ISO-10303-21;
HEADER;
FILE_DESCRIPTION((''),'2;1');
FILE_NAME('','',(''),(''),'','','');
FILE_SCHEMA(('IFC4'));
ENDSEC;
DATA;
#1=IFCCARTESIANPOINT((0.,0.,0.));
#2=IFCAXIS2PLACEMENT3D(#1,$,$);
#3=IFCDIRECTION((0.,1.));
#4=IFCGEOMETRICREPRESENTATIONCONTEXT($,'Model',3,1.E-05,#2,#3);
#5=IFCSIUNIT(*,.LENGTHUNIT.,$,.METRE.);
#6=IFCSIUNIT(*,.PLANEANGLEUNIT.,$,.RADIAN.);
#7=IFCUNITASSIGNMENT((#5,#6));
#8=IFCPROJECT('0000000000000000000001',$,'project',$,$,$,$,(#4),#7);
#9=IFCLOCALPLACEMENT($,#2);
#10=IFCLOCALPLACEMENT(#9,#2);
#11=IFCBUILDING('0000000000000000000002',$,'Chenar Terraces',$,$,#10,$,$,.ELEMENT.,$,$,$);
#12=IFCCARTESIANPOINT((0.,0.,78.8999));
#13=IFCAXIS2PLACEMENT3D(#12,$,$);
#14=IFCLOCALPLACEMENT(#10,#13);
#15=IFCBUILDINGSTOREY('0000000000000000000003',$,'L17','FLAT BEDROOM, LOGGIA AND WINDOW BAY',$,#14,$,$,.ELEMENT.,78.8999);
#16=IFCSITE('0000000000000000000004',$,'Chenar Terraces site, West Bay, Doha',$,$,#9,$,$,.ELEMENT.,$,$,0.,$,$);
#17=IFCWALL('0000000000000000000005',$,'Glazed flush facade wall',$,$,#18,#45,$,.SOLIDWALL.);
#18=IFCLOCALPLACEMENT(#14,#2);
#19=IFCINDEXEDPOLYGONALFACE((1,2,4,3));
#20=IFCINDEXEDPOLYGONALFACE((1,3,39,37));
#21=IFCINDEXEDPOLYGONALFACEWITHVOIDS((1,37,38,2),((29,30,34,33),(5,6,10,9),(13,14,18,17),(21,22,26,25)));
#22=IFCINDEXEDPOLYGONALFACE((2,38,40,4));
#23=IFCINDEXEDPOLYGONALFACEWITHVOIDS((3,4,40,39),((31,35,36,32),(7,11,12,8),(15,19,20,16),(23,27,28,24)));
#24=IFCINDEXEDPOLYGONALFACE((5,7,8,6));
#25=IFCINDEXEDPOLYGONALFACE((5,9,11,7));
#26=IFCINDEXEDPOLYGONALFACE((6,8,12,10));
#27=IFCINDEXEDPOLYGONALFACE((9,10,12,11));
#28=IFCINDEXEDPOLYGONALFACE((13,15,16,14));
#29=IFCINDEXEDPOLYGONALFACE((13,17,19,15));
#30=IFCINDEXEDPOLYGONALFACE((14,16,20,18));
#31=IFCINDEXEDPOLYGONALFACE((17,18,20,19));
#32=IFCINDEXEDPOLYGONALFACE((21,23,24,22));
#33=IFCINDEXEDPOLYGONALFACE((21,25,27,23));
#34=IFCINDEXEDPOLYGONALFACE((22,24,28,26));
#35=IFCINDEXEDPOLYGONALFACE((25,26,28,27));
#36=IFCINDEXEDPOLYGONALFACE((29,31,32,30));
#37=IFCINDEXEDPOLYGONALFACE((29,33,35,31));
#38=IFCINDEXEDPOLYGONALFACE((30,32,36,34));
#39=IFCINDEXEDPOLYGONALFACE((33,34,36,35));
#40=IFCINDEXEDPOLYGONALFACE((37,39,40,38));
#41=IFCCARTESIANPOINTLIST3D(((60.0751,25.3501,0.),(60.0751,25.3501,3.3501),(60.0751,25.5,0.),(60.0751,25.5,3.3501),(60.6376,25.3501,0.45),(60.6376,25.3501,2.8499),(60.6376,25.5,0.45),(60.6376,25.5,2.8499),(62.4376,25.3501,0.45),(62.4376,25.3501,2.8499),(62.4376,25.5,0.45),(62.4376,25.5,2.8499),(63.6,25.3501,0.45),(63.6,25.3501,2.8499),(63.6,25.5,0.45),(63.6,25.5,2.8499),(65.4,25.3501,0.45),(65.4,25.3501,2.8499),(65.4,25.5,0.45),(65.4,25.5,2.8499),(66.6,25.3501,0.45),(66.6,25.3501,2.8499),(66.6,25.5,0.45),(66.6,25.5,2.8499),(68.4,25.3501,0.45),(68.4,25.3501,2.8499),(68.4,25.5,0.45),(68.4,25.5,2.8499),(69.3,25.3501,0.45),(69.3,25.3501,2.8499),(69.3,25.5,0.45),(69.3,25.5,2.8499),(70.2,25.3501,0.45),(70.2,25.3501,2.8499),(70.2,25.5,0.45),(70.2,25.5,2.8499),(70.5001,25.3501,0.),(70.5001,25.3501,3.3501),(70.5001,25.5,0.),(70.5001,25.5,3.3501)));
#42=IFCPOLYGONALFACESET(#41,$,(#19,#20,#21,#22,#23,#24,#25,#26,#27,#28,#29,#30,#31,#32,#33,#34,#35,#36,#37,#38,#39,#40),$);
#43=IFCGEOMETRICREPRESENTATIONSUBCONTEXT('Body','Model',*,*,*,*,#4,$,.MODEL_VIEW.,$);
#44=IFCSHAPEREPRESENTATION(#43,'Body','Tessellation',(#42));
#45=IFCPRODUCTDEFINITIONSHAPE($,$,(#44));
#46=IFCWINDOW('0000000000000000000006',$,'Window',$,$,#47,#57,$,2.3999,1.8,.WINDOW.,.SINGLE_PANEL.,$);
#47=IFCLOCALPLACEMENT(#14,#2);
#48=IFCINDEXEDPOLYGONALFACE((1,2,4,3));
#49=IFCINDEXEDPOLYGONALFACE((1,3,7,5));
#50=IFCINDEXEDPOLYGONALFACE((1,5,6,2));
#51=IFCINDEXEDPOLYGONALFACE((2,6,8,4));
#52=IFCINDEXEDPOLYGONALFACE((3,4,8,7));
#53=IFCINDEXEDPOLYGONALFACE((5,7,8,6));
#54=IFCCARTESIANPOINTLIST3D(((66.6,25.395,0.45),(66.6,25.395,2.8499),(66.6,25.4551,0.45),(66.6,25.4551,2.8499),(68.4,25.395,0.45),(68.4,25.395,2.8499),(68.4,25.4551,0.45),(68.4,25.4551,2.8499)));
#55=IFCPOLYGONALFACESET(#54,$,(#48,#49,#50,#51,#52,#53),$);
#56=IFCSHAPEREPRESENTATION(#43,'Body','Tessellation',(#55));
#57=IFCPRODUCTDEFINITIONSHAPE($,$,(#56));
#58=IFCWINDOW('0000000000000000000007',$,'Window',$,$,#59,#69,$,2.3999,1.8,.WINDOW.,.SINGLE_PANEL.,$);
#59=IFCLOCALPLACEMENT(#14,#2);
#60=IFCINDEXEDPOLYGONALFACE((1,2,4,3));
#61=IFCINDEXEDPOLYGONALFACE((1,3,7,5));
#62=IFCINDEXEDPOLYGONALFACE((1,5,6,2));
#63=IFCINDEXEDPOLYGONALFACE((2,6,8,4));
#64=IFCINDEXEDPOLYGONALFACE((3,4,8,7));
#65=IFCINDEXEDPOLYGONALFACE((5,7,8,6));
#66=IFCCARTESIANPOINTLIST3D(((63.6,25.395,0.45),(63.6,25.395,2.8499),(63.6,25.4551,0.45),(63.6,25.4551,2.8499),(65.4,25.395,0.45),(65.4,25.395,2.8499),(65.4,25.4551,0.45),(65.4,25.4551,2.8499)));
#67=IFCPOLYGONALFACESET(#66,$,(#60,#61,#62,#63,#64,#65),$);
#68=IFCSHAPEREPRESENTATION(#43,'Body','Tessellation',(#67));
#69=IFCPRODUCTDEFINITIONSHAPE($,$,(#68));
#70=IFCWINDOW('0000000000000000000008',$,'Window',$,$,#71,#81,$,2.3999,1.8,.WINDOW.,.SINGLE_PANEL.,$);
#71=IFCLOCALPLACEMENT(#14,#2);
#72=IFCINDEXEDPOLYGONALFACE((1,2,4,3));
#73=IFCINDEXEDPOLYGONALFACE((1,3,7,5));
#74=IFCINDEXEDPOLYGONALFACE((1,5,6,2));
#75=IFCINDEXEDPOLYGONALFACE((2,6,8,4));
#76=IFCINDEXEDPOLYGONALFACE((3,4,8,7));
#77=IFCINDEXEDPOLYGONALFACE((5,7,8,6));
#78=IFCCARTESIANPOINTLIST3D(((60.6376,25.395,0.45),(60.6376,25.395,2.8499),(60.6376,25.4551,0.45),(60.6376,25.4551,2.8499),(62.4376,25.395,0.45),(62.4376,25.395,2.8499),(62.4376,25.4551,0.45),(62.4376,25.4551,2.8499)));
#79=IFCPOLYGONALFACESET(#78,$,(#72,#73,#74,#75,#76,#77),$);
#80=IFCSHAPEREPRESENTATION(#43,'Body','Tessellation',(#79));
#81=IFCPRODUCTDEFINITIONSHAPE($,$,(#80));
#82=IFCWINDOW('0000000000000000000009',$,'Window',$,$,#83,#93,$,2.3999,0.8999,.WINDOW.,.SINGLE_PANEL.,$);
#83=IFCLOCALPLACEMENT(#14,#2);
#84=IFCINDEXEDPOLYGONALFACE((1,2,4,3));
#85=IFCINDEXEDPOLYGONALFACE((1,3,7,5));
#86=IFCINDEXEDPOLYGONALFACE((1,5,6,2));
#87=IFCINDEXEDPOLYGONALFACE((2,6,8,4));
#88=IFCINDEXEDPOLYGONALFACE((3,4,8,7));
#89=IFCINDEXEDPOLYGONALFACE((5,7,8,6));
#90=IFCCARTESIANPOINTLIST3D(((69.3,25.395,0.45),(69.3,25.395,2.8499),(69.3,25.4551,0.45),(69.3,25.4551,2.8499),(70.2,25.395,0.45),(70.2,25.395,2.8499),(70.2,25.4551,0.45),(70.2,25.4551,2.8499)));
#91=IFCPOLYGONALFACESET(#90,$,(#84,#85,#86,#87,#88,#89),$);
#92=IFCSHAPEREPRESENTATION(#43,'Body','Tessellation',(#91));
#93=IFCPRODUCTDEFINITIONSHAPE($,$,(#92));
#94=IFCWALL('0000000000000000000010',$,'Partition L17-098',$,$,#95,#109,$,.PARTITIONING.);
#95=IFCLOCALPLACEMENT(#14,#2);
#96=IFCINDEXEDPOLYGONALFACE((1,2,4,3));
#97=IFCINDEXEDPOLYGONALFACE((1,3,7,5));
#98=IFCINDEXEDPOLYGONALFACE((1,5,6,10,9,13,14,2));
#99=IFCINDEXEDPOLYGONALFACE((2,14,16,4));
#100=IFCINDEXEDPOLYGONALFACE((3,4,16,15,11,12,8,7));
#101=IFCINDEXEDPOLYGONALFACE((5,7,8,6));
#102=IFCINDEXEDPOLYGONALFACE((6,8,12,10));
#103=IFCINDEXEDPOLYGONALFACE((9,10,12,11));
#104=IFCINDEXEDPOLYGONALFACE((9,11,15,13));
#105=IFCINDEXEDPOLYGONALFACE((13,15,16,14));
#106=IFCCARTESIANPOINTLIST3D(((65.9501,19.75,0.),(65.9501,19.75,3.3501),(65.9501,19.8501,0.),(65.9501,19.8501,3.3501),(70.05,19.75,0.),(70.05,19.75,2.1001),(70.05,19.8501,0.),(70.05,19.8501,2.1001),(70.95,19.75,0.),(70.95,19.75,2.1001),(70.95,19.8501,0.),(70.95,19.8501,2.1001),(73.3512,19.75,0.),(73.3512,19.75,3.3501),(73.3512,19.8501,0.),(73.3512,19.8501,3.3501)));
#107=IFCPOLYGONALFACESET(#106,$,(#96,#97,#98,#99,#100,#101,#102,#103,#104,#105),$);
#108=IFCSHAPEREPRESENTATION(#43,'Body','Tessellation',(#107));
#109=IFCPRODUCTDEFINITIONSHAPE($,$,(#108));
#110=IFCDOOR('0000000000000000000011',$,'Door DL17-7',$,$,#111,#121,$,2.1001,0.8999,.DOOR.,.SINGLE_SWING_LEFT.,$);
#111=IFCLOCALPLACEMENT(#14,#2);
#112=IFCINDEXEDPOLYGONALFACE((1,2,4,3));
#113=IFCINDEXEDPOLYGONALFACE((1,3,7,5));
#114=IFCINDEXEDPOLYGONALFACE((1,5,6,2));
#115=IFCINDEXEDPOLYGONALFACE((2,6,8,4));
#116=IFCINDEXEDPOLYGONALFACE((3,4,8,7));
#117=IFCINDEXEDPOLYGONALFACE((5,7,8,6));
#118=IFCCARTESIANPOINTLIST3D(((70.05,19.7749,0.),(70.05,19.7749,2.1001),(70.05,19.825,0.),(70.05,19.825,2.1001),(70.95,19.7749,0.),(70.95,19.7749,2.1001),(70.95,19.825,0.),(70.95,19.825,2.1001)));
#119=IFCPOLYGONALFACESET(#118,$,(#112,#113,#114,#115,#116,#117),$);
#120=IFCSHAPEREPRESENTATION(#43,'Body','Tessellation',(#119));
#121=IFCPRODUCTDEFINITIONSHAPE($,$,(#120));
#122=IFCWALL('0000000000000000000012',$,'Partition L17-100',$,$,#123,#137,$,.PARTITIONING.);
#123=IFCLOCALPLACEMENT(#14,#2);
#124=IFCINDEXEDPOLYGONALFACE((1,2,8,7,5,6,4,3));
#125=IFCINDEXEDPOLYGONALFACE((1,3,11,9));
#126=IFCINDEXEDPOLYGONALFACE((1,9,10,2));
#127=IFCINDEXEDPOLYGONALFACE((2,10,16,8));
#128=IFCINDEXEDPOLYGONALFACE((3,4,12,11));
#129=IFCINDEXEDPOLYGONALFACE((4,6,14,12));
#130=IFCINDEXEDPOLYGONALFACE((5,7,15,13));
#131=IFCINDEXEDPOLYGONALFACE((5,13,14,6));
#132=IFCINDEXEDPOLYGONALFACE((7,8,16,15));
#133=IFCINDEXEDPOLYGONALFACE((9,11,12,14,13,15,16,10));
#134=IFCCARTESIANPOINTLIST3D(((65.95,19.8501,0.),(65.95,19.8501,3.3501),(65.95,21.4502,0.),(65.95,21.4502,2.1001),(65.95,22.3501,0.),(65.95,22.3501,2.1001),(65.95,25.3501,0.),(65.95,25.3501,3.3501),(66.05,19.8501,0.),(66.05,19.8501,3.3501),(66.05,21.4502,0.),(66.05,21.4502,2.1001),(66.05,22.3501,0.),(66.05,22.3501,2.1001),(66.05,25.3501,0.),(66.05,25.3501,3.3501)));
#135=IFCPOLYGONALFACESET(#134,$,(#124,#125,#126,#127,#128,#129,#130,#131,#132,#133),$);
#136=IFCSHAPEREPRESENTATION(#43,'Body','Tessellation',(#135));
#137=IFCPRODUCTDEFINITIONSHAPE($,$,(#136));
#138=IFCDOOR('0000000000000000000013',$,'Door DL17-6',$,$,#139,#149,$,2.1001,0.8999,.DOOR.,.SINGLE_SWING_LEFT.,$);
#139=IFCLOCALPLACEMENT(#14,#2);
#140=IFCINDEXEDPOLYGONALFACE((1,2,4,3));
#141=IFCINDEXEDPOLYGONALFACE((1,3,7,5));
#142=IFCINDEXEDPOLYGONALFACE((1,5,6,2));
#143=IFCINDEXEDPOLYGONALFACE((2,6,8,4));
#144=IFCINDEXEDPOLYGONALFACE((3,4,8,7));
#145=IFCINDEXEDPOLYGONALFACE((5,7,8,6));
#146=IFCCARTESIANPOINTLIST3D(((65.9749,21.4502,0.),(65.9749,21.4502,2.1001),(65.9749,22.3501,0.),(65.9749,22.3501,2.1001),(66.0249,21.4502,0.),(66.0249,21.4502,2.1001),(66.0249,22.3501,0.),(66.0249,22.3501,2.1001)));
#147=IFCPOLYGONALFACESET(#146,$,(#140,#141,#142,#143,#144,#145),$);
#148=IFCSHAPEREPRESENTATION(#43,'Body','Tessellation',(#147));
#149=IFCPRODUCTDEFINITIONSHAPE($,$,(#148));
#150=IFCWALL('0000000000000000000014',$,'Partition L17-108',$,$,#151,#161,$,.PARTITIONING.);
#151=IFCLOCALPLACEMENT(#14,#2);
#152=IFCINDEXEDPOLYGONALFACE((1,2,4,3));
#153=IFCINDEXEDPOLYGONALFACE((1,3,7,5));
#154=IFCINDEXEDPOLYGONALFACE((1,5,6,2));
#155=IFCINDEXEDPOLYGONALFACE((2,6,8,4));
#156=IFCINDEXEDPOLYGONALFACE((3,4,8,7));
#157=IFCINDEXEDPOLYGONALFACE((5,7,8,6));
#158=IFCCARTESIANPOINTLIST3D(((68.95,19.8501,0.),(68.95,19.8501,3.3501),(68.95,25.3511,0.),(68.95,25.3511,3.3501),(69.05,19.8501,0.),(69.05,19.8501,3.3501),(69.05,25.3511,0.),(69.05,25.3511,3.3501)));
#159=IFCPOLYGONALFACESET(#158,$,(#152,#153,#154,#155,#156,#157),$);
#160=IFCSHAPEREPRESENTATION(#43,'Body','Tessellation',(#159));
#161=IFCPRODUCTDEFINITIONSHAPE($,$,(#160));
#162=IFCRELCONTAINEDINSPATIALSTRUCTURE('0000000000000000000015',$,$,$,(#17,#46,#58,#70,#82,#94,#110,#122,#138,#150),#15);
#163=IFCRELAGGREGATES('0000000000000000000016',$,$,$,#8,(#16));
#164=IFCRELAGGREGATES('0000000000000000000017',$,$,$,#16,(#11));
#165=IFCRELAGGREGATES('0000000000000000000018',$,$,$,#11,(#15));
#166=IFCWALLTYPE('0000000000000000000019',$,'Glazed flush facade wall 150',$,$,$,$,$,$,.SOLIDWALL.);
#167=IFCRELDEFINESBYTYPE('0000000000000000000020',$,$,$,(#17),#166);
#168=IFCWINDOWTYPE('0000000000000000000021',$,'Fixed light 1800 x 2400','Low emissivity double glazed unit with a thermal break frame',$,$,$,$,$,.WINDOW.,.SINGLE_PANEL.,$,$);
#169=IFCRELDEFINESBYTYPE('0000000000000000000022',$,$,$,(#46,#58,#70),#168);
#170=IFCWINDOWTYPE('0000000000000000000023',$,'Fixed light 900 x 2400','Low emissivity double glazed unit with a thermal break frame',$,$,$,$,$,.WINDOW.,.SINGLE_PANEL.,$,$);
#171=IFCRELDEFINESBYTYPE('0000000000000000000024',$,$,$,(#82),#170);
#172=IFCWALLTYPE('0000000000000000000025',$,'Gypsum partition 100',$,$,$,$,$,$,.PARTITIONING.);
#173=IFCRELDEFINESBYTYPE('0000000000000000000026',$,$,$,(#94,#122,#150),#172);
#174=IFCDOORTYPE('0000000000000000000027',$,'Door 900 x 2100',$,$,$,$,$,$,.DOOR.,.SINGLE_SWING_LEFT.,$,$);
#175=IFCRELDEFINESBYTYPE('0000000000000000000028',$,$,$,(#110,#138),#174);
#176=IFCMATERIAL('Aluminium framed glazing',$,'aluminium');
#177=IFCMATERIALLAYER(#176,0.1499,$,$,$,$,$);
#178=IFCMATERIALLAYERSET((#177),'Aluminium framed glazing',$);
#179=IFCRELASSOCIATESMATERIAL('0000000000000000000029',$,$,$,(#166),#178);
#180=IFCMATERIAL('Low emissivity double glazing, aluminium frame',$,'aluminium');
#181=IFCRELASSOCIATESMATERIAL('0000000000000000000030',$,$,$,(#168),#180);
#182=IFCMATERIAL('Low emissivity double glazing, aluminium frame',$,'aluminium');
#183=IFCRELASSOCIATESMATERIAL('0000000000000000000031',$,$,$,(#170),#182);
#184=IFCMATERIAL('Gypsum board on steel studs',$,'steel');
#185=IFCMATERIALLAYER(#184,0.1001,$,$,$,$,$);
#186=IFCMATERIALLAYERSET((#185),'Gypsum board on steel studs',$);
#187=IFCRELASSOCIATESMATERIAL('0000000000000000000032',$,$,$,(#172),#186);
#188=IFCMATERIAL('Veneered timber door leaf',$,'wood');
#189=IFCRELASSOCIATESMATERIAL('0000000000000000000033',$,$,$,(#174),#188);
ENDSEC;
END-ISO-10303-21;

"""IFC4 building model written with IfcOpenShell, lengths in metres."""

from ifc_helpers import new_model, si_unit, direction, frame, frame_2d, origin, place, context, subcontext, project, spatial, rectangle, extrude, material, layer, layer_set, type_object, element, fill, save


model = new_model("IFC4")

# Units and contexts
model_context = context("Model", 3, precision=1e-05, world=origin(), true_north=direction((0.0, 1.0)))
body_context = subcontext(model_context, "Body", "Model", "MODEL_VIEW")
ifc_project = project(units=[si_unit("LENGTHUNIT", "METRE"), si_unit("PLANEANGLEUNIT", "RADIAN")], contexts=[model_context])

# Site, building, storey
site_placement = place(None, origin())
site = spatial("IfcSite", under=ifc_project, at=site_placement, Name="Chenar Terraces site, West Bay, Doha", CompositionType="ELEMENT", RefElevation=0.0)
building_placement = place(site_placement, origin())
building = spatial("IfcBuilding", under=site, at=building_placement, Name="Chenar Terraces", CompositionType="ELEMENT")
storey_placement = place(building_placement, frame((0.0, 0.0, 78.8999)))
storey = spatial("IfcBuildingStorey", under=building, at=storey_placement, Name="L17", Description="FLAT BEDROOM, LOGGIA AND WINDOW BAY", CompositionType="ELEMENT", Elevation=78.8999)

# Wall, openings, windows
ifc_material_1 = material(Name="Aluminium framed glazing", Category="aluminium")
ifc_layer_1 = layer(ifc_material_1, 0.1499)
ifc_layer_set_1 = layer_set([ifc_layer_1], Name="Aluminium framed glazing")
wall_type_1 = type_object("IfcWallType", Name="Glazed flush facade wall 150", PredefinedType="SOLIDWALL", material=ifc_layer_set_1)
wall_1_placement = place(storey_placement, frame((70.5, 25.425, 0.0), z_axis=(0.0, 0.0, 1.0), x_axis=(-1.0, 0.0, 0.0)))
wall_1 = element("IfcWall", 1, at=wall_1_placement, inside=storey, type_object=wall_type_1, Name="Glazed flush facade wall", PredefinedType="SOLIDWALL", context=body_context, shape_type="SweptSolid", body=[
    extrude(rectangle(XDim=10.425, YDim=0.1499, at=frame_2d((5.2124, 0.0))), origin(), (0.0, 0.0, 1.0), 3.3501),
])
opening_1_placement = place(wall_1_placement, frame((0.3, 0.0, 0.45)))
opening_1 = element("IfcOpeningElement", 2, at=opening_1_placement, cuts=wall_1, PredefinedType="OPENING", context=body_context, shape_type="SweptSolid", body=[
    extrude(rectangle(XDim=0.8999, YDim=2.3999, at=frame_2d((0.45, 1.2))), frame((0.0, 0.085, 0.0), z_axis=(0.0, -1.0, 0.0), x_axis=(1.0, 0.0, 0.0)), (0.0, 0.0, 1.0), 0.1699),
])
opening_2_placement = place(wall_1_placement, frame((2.1001, 0.0, 0.45)))
opening_2 = element("IfcOpeningElement", 3, at=opening_2_placement, cuts=wall_1, PredefinedType="OPENING", context=body_context, shape_type="SweptSolid", body=[
    extrude(rectangle(XDim=1.8, YDim=2.3999, at=frame_2d((0.8999, 1.2))), frame((0.0, 0.085, 0.0), z_axis=(0.0, -1.0, 0.0), x_axis=(1.0, 0.0, 0.0)), (0.0, 0.0, 1.0), 0.1699),
])
opening_3_placement = place(wall_1_placement, frame((5.1001, 0.0, 0.45)))
opening_3 = element("IfcOpeningElement", 4, at=opening_3_placement, cuts=wall_1, PredefinedType="OPENING", context=body_context, shape_type="SweptSolid", body=[
    extrude(rectangle(XDim=1.8, YDim=2.3999, at=frame_2d((0.8999, 1.2))), frame((0.0, 0.085, 0.0), z_axis=(0.0, -1.0, 0.0), x_axis=(1.0, 0.0, 0.0)), (0.0, 0.0, 1.0), 0.1699),
])
opening_4_placement = place(wall_1_placement, frame((8.0625, 0.0, 0.45)))
opening_4 = element("IfcOpeningElement", 5, at=opening_4_placement, cuts=wall_1, PredefinedType="OPENING", context=body_context, shape_type="SweptSolid", body=[
    extrude(rectangle(XDim=1.8, YDim=2.3999, at=frame_2d((0.8999, 1.2))), frame((0.0, 0.085, 0.0), z_axis=(0.0, -1.0, 0.0), x_axis=(1.0, 0.0, 0.0)), (0.0, 0.0, 1.0), 0.1699),
])
ifc_material_2 = material(Name="Low emissivity double glazing, aluminium frame", Category="aluminium")
window_type_1 = type_object("IfcWindowType", Name="Fixed light 1800 x 2400", Description="Low emissivity double glazed unit with a thermal break frame", PartitioningType="SINGLE_PANEL", PredefinedType="WINDOW", material=ifc_material_2)
window_1_placement = place(opening_2_placement, origin())
window_1 = element("IfcWindow", 6, at=window_1_placement, inside=storey, type_object=window_type_1, Name="Window", OverallHeight=2.3999, OverallWidth=1.8, PartitioningType="SINGLE_PANEL", PredefinedType="WINDOW", context=body_context, shape_type="SweptSolid", body=[
    extrude(rectangle(XDim=1.8, YDim=2.3999, at=frame_2d((0.8999, 1.2))), frame((0.0, 0.03, 0.0), z_axis=(0.0, -1.0, 0.0), x_axis=(1.0, 0.0, 0.0)), (0.0, 0.0, 1.0), 0.0601),
])
fill(opening_2, window_1)
window_2_placement = place(opening_3_placement, origin())
window_2 = element("IfcWindow", 7, at=window_2_placement, inside=storey, type_object=window_type_1, Name="Window", OverallHeight=2.3999, OverallWidth=1.8, PartitioningType="SINGLE_PANEL", PredefinedType="WINDOW", context=body_context, shape_type="SweptSolid", body=[
    extrude(rectangle(XDim=1.8, YDim=2.3999, at=frame_2d((0.8999, 1.2))), frame((0.0, 0.03, 0.0), z_axis=(0.0, -1.0, 0.0), x_axis=(1.0, 0.0, 0.0)), (0.0, 0.0, 1.0), 0.0601),
])
fill(opening_3, window_2)
window_3_placement = place(opening_4_placement, origin())
window_3 = element("IfcWindow", 8, at=window_3_placement, inside=storey, type_object=window_type_1, Name="Window", OverallHeight=2.3999, OverallWidth=1.8, PartitioningType="SINGLE_PANEL", PredefinedType="WINDOW", context=body_context, shape_type="SweptSolid", body=[
    extrude(rectangle(XDim=1.8, YDim=2.3999, at=frame_2d((0.8999, 1.2))), frame((0.0, 0.03, 0.0), z_axis=(0.0, -1.0, 0.0), x_axis=(1.0, 0.0, 0.0)), (0.0, 0.0, 1.0), 0.0601),
])
fill(opening_4, window_3)
ifc_material_3 = material(Name="Low emissivity double glazing, aluminium frame", Category="aluminium")
window_type_2 = type_object("IfcWindowType", Name="Fixed light 900 x 2400", Description="Low emissivity double glazed unit with a thermal break frame", PartitioningType="SINGLE_PANEL", PredefinedType="WINDOW", material=ifc_material_3)
window_4_placement = place(opening_1_placement, origin())
window_4 = element("IfcWindow", 9, at=window_4_placement, inside=storey, type_object=window_type_2, Name="Window", OverallHeight=2.3999, OverallWidth=0.8999, PartitioningType="SINGLE_PANEL", PredefinedType="WINDOW", context=body_context, shape_type="SweptSolid", body=[
    extrude(rectangle(XDim=0.8999, YDim=2.3999, at=frame_2d((0.45, 1.2))), frame((0.0, 0.03, 0.0), z_axis=(0.0, -1.0, 0.0), x_axis=(1.0, 0.0, 0.0)), (0.0, 0.0, 1.0), 0.0601),
])
fill(opening_1, window_4)

# Walls, openings, doors
ifc_material_4 = material(Name="Gypsum board on steel studs", Category="steel")
ifc_layer_2 = layer(ifc_material_4, 0.1001)
ifc_layer_set_2 = layer_set([ifc_layer_2], Name="Gypsum board on steel studs")
wall_type_2 = type_object("IfcWallType", Name="Gypsum partition 100", PredefinedType="PARTITIONING", material=ifc_layer_set_2)
wall_2_placement = place(storey_placement, frame((65.95, 19.8, 0.0), z_axis=(0.0, 0.0, 1.0), x_axis=(1.0, 0.0, 0.0)))
wall_2 = element("IfcWall", 10, at=wall_2_placement, inside=storey, type_object=wall_type_2, Name="Partition L17-098", PredefinedType="PARTITIONING", context=body_context, shape_type="SweptSolid", body=[
    extrude(rectangle(XDim=7.4011, YDim=0.1001, at=frame_2d((3.7007, 0.0))), origin(), (0.0, 0.0, 1.0), 3.3501),
])
opening_5_placement = place(wall_2_placement, frame((4.1001, 0.0, 0.0)))
opening_5 = element("IfcOpeningElement", 11, at=opening_5_placement, cuts=wall_2, PredefinedType="OPENING", context=body_context, shape_type="SweptSolid", body=[
    extrude(rectangle(XDim=0.8999, YDim=2.1001, at=frame_2d((0.45, 1.05))), frame((0.0, 0.0601, 0.0), z_axis=(0.0, -1.0, 0.0), x_axis=(1.0, 0.0, 0.0)), (0.0, 0.0, 1.0), 0.1201),
])
ifc_material_5 = material(Name="Veneered timber door leaf", Category="wood")
door_type_1 = type_object("IfcDoorType", Name="Door 900 x 2100", OperationType="SINGLE_SWING_LEFT", PredefinedType="DOOR", material=ifc_material_5)
door_1_placement = place(opening_5_placement, origin())
door_1 = element("IfcDoor", 12, at=door_1_placement, inside=storey, type_object=door_type_1, Name="Door DL17-7", OperationType="SINGLE_SWING_LEFT", OverallHeight=2.1001, OverallWidth=0.8999, PredefinedType="DOOR", context=body_context, shape_type="SweptSolid", body=[
    extrude(rectangle(XDim=0.8999, YDim=2.1001, at=frame_2d((0.45, 1.05))), frame((0.0, 0.0249, 0.0), z_axis=(0.0, -1.0, 0.0), x_axis=(1.0, 0.0, 0.0)), (0.0, 0.0, 1.0), 0.05),
])
fill(opening_5, door_1)
wall_3_placement = place(storey_placement, frame((66.0, 19.8501, 0.0), z_axis=(0.0, 0.0, 1.0), x_axis=(0.0, 1.0, 0.0)))
wall_3 = element("IfcWall", 13, at=wall_3_placement, inside=storey, type_object=wall_type_2, Name="Partition L17-100", PredefinedType="PARTITIONING", context=body_context, shape_type="SweptSolid", body=[
    extrude(rectangle(XDim=5.5, YDim=0.1001, at=frame_2d((2.75, 0.0))), origin(), (0.0, 0.0, 1.0), 3.3501),
])
opening_6_placement = place(wall_3_placement, frame((1.6001, 0.0, 0.0)))
opening_6 = element("IfcOpeningElement", 14, at=opening_6_placement, cuts=wall_3, PredefinedType="OPENING", context=body_context, shape_type="SweptSolid", body=[
    extrude(rectangle(XDim=0.8999, YDim=2.1001, at=frame_2d((0.45, 1.05))), frame((0.0, 0.0601, 0.0), z_axis=(0.0, -1.0, 0.0), x_axis=(1.0, 0.0, 0.0)), (0.0, 0.0, 1.0), 0.1201),
])
door_2_placement = place(opening_6_placement, frame((0.8999, 0.0, 0.0), z_axis=(0.0, 0.0, 1.0), x_axis=(-1.0, 0.0, 0.0)))
door_2 = element("IfcDoor", 15, at=door_2_placement, inside=storey, type_object=door_type_1, Name="Door DL17-6", OperationType="SINGLE_SWING_LEFT", OverallHeight=2.1001, OverallWidth=0.8999, PredefinedType="DOOR", context=body_context, shape_type="SweptSolid", body=[
    extrude(rectangle(XDim=0.8999, YDim=2.1001, at=frame_2d((0.45, 1.05))), frame((0.0, 0.0249, 0.0), z_axis=(0.0, -1.0, 0.0), x_axis=(1.0, 0.0, 0.0)), (0.0, 0.0, 1.0), 0.05),
])
fill(opening_6, door_2)

# Wall
wall_4_placement = place(storey_placement, frame((69.0, 19.8501, 0.0), z_axis=(0.0, 0.0, 1.0), x_axis=(0.0, 1.0, 0.0)))
element("IfcWall", 16, at=wall_4_placement, inside=storey, type_object=wall_type_2, Name="Partition L17-108", PredefinedType="PARTITIONING", context=body_context, shape_type="SweptSolid", body=[
    extrude(rectangle(XDim=5.501, YDim=0.1001, at=frame_2d((2.7505, 0.0))), origin(), (0.0, 0.0, 1.0), 3.3501),
])

save(model, "model.ifc")
